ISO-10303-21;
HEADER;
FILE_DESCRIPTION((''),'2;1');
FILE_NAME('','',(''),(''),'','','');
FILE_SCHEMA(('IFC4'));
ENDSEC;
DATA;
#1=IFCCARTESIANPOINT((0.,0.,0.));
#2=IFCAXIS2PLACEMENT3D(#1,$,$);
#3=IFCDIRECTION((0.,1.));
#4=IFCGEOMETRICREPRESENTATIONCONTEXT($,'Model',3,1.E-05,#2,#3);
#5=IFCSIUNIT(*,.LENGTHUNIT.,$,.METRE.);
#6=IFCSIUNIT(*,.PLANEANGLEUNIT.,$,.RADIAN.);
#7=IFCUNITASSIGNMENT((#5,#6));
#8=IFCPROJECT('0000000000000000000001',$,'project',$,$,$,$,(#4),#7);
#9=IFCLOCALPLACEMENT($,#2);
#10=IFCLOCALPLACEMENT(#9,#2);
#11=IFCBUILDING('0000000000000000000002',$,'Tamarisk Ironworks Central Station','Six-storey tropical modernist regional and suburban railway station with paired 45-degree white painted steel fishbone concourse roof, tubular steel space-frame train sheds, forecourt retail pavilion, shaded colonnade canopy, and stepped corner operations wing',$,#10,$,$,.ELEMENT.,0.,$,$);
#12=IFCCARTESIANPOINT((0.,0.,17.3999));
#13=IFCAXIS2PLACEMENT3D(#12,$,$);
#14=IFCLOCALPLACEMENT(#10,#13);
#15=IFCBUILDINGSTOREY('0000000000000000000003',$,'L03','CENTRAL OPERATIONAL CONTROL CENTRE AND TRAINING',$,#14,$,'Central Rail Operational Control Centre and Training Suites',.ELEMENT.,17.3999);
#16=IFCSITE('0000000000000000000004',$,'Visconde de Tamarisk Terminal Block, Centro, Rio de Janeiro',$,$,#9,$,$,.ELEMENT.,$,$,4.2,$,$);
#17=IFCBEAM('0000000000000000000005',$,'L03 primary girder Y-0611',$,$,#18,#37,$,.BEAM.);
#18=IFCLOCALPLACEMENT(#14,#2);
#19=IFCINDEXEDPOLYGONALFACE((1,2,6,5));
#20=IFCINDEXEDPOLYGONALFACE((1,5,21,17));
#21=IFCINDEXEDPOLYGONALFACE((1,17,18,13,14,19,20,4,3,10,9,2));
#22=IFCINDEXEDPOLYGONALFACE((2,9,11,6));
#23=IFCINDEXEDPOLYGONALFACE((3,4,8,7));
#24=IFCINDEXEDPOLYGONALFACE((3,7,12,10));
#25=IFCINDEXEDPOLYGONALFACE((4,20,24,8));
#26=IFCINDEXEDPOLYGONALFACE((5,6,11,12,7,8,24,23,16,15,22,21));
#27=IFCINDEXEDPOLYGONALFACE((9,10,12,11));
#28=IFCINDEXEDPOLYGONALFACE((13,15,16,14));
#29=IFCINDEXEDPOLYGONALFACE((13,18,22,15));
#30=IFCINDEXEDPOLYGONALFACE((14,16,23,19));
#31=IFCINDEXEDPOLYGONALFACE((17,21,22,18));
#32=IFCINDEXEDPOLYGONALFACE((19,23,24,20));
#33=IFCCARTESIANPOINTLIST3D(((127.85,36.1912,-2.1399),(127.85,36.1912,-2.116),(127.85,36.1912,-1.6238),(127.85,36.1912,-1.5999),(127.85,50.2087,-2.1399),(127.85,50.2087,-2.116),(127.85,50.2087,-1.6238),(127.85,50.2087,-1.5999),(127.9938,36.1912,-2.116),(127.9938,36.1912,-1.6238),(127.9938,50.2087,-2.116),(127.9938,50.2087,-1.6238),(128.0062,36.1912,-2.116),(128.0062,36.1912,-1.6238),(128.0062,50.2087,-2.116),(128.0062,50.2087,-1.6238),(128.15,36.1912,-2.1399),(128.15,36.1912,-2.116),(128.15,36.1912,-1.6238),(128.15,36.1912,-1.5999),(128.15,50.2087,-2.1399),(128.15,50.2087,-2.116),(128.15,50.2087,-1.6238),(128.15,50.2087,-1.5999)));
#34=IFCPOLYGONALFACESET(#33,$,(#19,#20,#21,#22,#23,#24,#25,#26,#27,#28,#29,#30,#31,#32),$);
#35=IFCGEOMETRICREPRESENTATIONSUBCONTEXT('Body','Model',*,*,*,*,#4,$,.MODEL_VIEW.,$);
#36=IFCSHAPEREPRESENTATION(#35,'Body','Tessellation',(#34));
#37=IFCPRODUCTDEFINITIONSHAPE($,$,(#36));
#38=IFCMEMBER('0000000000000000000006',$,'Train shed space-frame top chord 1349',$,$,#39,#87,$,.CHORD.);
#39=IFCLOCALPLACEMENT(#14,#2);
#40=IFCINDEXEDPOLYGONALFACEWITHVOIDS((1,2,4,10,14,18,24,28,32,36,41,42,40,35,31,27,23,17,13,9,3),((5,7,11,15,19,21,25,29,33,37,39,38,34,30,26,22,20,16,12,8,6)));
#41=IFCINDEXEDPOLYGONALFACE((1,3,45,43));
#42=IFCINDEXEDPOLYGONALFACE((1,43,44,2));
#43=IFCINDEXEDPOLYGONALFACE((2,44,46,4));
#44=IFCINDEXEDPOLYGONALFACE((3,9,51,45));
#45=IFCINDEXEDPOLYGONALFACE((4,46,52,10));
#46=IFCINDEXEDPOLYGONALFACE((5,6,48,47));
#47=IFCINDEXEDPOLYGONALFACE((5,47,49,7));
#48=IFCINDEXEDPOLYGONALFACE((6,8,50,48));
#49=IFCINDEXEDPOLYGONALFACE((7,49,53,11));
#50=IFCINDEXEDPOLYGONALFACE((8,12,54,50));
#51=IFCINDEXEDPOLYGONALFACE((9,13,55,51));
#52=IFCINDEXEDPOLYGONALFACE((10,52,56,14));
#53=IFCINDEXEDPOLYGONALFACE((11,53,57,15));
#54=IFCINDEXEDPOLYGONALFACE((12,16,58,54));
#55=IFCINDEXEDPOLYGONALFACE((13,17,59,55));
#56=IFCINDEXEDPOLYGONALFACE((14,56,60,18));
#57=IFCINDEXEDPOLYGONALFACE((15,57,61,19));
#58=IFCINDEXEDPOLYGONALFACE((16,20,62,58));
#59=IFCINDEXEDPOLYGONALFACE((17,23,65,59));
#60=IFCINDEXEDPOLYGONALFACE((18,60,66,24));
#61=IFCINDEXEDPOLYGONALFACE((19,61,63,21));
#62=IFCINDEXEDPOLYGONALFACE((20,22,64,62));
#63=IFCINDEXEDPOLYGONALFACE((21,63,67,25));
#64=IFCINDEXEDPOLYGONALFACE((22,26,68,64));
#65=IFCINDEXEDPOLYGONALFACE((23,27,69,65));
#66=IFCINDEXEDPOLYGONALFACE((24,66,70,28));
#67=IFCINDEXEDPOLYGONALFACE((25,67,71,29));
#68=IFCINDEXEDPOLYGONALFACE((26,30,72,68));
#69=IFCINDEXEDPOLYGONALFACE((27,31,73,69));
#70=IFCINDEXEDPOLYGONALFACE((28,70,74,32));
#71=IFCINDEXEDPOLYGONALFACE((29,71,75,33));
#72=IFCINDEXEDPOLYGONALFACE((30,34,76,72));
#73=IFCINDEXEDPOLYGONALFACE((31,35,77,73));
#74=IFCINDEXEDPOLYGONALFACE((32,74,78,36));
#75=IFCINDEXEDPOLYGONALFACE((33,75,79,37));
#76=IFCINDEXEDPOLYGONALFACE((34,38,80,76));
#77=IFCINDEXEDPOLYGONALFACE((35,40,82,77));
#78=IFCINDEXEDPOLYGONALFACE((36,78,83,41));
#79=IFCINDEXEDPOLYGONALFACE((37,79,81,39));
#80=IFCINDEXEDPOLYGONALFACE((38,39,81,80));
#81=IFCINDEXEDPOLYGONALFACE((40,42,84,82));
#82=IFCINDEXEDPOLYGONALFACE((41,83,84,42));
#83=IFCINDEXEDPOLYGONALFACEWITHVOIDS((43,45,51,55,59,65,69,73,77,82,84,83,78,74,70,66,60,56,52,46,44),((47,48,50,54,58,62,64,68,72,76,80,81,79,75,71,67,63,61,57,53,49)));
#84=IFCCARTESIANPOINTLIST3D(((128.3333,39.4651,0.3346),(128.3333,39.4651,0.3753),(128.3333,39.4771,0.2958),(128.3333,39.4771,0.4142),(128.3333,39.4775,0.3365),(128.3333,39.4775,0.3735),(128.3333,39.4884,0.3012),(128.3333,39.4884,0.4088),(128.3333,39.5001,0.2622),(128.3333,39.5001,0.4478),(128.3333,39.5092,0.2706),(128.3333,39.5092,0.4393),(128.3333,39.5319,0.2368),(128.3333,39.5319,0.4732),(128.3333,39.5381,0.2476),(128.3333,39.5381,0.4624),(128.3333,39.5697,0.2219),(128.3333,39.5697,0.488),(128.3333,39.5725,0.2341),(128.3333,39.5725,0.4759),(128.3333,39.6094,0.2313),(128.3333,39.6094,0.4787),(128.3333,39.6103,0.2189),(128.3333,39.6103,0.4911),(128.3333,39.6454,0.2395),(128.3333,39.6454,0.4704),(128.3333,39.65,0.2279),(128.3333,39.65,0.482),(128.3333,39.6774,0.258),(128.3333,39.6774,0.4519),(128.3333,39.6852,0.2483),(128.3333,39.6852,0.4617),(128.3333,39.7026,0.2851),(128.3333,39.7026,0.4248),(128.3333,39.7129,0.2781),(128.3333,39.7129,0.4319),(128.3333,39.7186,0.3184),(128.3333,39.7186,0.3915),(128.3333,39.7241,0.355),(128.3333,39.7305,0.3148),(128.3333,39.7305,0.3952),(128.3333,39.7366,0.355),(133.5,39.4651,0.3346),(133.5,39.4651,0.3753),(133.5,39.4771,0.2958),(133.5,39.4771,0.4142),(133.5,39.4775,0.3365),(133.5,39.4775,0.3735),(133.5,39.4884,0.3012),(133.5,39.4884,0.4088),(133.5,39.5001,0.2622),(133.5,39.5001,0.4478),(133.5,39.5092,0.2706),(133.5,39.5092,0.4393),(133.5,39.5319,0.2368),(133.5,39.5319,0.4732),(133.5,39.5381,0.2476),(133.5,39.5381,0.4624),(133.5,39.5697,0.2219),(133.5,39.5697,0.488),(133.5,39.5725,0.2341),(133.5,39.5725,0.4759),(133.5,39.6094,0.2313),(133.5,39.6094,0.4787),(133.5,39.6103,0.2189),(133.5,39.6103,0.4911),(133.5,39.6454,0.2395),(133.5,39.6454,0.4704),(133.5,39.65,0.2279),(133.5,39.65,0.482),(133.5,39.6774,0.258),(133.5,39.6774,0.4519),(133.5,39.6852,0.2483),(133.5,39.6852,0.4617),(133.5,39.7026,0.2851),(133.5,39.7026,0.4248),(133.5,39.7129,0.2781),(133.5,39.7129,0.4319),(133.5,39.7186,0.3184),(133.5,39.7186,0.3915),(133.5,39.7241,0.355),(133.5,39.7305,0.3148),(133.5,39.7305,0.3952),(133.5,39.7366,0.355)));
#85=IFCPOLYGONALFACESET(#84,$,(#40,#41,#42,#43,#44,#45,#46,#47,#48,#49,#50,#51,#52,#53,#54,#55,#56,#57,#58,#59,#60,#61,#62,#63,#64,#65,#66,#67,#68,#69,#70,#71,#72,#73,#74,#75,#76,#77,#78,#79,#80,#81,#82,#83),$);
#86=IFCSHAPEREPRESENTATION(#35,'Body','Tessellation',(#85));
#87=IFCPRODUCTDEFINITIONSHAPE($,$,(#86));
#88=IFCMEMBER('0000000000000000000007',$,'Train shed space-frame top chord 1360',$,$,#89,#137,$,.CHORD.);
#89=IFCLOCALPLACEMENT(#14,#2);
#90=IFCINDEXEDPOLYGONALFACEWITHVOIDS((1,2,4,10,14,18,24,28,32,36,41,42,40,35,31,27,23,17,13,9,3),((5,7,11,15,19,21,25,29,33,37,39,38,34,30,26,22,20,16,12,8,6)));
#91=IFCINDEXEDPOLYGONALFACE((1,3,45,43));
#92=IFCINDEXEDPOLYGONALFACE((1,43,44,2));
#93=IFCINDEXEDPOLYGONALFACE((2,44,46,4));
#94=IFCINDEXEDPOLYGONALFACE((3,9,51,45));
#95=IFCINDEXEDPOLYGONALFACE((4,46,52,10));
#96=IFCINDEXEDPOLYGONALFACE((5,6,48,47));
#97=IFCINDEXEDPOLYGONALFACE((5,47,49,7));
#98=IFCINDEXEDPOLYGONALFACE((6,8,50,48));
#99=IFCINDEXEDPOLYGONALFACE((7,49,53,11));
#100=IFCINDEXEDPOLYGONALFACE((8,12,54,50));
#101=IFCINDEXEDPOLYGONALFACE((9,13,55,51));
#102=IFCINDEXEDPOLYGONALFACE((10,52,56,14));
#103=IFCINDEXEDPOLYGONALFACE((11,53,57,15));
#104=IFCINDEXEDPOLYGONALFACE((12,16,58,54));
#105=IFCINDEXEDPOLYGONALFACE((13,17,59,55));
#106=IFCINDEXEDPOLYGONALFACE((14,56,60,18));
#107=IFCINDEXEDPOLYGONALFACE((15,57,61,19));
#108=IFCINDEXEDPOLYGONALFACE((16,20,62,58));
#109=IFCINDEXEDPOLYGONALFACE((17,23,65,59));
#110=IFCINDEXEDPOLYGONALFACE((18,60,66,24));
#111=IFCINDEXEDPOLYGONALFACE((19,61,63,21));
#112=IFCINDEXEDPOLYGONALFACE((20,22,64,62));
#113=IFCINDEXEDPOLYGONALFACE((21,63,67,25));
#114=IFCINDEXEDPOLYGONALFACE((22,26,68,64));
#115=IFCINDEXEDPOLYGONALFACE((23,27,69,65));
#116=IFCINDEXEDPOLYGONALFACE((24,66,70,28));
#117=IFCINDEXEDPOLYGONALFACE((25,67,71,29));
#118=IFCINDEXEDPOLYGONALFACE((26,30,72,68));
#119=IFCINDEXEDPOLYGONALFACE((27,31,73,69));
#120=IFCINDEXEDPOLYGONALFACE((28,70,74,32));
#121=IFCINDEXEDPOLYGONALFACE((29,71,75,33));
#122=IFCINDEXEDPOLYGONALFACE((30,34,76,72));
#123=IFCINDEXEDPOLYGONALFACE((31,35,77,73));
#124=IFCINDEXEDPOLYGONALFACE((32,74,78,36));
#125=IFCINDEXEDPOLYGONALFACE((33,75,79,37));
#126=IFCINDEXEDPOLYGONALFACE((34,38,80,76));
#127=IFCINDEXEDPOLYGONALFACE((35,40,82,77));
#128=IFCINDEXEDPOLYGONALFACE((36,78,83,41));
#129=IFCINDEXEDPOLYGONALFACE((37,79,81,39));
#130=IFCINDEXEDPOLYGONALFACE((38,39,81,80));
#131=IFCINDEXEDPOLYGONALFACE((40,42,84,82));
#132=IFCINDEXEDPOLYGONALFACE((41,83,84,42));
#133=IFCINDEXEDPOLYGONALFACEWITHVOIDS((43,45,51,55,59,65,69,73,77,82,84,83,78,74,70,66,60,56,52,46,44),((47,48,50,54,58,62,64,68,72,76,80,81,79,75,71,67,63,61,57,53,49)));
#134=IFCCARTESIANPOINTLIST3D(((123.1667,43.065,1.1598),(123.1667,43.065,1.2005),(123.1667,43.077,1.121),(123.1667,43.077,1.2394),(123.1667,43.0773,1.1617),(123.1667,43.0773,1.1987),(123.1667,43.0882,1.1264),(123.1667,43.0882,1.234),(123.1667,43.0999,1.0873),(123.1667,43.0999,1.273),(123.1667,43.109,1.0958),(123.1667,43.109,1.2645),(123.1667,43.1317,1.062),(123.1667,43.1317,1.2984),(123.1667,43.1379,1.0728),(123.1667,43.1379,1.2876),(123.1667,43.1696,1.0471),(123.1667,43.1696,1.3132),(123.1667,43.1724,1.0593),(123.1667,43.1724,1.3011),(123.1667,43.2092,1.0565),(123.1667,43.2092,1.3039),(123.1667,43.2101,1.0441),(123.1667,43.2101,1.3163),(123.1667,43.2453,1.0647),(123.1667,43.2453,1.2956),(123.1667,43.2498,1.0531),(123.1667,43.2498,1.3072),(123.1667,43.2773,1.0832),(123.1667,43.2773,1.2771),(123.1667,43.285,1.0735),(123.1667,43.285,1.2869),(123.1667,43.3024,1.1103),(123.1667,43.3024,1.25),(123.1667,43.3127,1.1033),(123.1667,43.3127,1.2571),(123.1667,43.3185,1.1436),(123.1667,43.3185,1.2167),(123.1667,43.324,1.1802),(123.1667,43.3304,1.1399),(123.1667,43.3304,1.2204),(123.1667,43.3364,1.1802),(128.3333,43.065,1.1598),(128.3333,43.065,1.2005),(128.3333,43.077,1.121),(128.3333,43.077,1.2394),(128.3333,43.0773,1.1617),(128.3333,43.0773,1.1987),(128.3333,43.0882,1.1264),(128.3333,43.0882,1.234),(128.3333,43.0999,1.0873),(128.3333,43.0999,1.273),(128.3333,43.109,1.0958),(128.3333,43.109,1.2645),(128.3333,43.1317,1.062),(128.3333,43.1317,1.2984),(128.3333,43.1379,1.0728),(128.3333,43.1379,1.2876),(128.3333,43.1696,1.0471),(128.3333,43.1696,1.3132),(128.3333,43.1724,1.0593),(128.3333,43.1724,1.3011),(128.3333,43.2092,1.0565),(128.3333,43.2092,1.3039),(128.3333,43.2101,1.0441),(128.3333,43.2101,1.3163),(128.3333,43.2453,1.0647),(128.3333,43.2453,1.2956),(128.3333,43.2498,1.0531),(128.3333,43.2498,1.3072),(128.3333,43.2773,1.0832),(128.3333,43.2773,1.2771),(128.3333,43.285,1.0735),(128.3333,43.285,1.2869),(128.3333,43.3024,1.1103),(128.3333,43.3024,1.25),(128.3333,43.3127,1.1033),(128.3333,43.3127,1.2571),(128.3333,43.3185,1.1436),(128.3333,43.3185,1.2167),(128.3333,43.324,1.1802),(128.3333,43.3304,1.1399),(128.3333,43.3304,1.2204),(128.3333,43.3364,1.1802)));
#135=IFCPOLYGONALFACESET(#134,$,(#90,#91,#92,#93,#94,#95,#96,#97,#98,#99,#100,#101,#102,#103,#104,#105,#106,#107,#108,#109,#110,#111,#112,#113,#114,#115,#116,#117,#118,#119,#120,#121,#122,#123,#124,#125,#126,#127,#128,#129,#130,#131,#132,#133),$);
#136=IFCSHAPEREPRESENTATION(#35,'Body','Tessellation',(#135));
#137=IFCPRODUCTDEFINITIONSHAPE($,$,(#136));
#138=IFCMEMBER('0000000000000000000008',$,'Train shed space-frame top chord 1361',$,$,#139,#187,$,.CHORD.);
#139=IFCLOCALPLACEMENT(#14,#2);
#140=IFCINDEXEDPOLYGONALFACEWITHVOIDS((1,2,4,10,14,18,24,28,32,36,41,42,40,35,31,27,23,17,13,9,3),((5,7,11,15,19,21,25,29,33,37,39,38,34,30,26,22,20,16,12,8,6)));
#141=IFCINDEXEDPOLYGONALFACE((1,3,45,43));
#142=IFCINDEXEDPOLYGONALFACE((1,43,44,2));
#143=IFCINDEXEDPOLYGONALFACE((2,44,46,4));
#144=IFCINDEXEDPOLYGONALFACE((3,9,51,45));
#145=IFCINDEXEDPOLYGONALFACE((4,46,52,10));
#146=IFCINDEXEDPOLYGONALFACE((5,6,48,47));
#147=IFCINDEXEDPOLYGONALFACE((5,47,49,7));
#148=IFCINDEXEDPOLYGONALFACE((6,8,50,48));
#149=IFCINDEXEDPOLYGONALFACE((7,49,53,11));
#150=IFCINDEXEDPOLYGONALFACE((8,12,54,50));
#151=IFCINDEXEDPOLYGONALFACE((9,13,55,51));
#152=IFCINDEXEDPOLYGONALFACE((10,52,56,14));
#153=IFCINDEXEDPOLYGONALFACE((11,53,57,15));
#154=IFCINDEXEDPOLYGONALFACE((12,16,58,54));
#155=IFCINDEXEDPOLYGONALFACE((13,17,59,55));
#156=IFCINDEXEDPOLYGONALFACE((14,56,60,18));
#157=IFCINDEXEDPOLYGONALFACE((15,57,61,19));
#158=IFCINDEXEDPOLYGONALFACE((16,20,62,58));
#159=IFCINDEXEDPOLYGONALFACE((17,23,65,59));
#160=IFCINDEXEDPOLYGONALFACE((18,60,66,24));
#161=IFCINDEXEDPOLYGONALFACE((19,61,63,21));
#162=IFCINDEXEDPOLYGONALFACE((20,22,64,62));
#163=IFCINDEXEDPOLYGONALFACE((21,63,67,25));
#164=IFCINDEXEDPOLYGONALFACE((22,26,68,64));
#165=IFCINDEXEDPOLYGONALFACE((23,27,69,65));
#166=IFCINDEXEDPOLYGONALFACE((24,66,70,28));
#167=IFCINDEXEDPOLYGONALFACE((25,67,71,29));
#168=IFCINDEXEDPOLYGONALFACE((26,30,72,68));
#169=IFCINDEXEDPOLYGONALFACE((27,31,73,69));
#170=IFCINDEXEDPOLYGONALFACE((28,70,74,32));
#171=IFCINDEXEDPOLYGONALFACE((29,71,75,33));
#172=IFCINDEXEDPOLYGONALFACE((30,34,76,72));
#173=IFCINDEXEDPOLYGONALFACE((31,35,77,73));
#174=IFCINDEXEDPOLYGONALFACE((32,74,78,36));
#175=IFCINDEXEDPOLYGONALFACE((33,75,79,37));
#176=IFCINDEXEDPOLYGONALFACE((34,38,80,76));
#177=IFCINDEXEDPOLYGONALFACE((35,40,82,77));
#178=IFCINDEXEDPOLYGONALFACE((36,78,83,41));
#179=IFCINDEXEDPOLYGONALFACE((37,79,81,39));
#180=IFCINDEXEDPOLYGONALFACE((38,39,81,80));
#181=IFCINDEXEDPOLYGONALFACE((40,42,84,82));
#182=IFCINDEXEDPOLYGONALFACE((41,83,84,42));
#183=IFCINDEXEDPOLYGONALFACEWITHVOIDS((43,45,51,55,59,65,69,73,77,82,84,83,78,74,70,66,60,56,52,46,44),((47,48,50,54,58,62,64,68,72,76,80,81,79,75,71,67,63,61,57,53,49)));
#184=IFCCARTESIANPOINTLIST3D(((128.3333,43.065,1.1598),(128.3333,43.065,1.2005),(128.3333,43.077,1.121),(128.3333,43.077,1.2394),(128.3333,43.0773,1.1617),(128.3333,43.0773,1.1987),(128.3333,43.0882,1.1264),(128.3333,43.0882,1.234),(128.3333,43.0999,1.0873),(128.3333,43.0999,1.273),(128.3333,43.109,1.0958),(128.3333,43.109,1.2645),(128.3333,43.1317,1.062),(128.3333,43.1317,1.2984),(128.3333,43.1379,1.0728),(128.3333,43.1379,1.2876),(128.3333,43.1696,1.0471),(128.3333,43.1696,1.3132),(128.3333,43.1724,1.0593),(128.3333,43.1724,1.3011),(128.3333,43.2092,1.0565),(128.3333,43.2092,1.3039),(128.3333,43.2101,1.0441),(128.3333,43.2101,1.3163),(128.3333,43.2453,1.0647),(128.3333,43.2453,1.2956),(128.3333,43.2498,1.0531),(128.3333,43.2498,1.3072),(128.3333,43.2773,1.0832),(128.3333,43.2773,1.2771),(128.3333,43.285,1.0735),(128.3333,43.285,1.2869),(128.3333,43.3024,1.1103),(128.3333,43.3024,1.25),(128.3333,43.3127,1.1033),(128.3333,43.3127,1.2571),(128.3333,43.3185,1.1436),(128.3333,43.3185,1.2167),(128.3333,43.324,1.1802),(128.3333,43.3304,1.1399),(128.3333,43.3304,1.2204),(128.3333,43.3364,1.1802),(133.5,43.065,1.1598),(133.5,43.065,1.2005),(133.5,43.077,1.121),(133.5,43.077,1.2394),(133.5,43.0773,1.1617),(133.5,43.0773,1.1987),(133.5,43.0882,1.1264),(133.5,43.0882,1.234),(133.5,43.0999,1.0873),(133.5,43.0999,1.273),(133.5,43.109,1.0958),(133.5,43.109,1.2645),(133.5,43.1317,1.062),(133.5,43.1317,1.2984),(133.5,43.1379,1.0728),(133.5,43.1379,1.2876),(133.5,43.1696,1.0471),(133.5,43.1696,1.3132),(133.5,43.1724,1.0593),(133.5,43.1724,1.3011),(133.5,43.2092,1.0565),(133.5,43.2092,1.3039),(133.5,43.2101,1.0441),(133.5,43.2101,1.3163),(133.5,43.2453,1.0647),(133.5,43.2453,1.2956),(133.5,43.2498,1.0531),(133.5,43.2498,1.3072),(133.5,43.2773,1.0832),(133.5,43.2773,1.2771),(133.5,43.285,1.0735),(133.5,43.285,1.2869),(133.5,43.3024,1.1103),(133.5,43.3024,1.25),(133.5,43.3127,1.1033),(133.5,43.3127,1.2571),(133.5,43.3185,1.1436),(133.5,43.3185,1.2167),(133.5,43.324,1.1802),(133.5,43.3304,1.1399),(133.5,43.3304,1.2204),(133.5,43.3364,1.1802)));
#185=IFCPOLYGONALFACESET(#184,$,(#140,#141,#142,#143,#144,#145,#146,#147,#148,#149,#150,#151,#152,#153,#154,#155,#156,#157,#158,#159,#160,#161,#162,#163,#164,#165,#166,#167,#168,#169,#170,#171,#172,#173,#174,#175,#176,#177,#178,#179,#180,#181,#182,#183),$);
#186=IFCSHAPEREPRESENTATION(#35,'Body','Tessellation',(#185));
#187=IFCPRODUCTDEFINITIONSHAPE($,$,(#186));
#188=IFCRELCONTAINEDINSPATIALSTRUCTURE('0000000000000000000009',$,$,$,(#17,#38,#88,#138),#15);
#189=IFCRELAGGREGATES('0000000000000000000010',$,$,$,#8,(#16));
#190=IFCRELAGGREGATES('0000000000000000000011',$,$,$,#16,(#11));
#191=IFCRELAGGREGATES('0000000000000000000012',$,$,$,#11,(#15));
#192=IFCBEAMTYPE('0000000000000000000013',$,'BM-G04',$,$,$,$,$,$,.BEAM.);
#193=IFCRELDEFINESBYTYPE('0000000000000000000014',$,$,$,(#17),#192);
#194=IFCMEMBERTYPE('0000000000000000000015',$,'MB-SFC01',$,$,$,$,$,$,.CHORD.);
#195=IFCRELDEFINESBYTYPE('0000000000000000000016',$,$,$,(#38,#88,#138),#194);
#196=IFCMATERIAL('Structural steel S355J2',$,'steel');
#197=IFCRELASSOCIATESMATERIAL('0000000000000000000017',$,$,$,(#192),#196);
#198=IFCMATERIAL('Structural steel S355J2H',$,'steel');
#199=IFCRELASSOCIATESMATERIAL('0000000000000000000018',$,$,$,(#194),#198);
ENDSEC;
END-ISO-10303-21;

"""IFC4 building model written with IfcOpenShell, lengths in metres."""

from ifc_helpers import new_model, si_unit, direction, frame, origin, origin_2d, place, context, subcontext, project, spatial, hollow_circle, i_section, extrude, material, material_profile, profile_set, type_object, element, save


model = new_model("IFC4")

# Units and contexts
model_context = context("Model", 3, precision=1e-05, world=origin(), true_north=direction((0.0, 1.0)))
body_context = subcontext(model_context, "Body", "Model", "MODEL_VIEW")
ifc_project = project(units=[si_unit("LENGTHUNIT", "METRE"), si_unit("PLANEANGLEUNIT", "RADIAN")], contexts=[model_context])

# Site, building, storey
site_placement = place(None, origin())
site = spatial("IfcSite", under=ifc_project, at=site_placement, Name="Visconde de Tamarisk Terminal Block, Centro, Rio de Janeiro", CompositionType="ELEMENT", RefElevation=4.2)
building_placement = place(site_placement, origin())
building = spatial("IfcBuilding", under=site, at=building_placement, Name="Tamarisk Ironworks Central Station", Description="Six-storey tropical modernist regional and suburban railway station with paired 45-degree white painted steel fishbone concourse roof, tubular steel space-frame train sheds, forecourt retail pavilion, shaded colonnade canopy, and stepped corner operations wing", CompositionType="ELEMENT", ElevationOfRefHeight=0.0)
storey_placement = place(building_placement, frame((0.0, 0.0, 17.3999)))
storey = spatial("IfcBuildingStorey", under=building, at=storey_placement, Name="L03", Description="CENTRAL OPERATIONAL CONTROL CENTRE AND TRAINING", LongName="Central Rail Operational Control Centre and Training Suites", CompositionType="ELEMENT", Elevation=17.3999)

# Beam
ifc_material_1 = material(Name="Structural steel S355J2", Category="steel")
ifc_material_profile_1 = material_profile(ifc_material_1, i_section(OverallWidth=0.3, OverallDepth=0.54, WebThickness=0.0125, FlangeThickness=0.0239, at=origin_2d()), Name="HEA 550")
ifc_profile_set_1 = profile_set([ifc_material_profile_1], Name="Structural steel S355J2")
beam_type = type_object("IfcBeamType", Name="BM-G04", PredefinedType="BEAM", material=ifc_profile_set_1)
beam_placement = place(storey_placement, frame((128.0, 36.1912, -1.8699), z_axis=(0.0, 1.0, 0.0), x_axis=(-1.0, 0.0, 0.0)))
element("IfcBeam", 1, at=beam_placement, inside=storey, type_object=beam_type, Name="L03 primary girder Y-0611", PredefinedType="BEAM", context=body_context, shape_type="SweptSolid", body=[
    extrude(i_section(OverallWidth=0.3, OverallDepth=0.54, WebThickness=0.0125, FlangeThickness=0.0239, at=origin_2d()), origin(), (0.0, 0.0, 1.0), 14.0176),
])

# Members
ifc_material_2 = material(Name="Structural steel S355J2H", Category="steel")
ifc_material_profile_2 = material_profile(ifc_material_2, hollow_circle(Radius=0.1365, WallThickness=0.0125, at=origin_2d()), Name="CHS 273x12.5")
ifc_profile_set_2 = profile_set([ifc_material_profile_2], Name="Structural steel S355J2H")
member_type_1 = type_object("IfcMemberType", Name="MB-SFC01", PredefinedType="CHORD", material=ifc_profile_set_2)
member_1_placement = place(storey_placement, frame((128.3333, 39.6001, 0.355), z_axis=(1.0, 0.0, 0.0), x_axis=(0.0, 1.0, 0.0)))
element("IfcMember", 2, at=member_1_placement, inside=storey, type_object=member_type_1, Name="Train shed space-frame top chord 1349", PredefinedType="CHORD", context=body_context, shape_type="SweptSolid", body=[
    extrude(hollow_circle(Radius=0.1365, WallThickness=0.0125, at=origin_2d()), origin(), (0.0, 0.0, 1.0), 5.1667),
])
member_2_placement = place(storey_placement, frame((123.1667, 43.2, 1.1802), z_axis=(1.0, 0.0, 0.0), x_axis=(0.0, 1.0, 0.0)))
element("IfcMember", 3, at=member_2_placement, inside=storey, type_object=member_type_1, Name="Train shed space-frame top chord 1360", PredefinedType="CHORD", context=body_context, shape_type="SweptSolid", body=[
    extrude(hollow_circle(Radius=0.1365, WallThickness=0.0125, at=origin_2d()), origin(), (0.0, 0.0, 1.0), 5.1665),
])
member_3_placement = place(storey_placement, frame((128.3333, 43.2, 1.1802), z_axis=(1.0, 0.0, 0.0), x_axis=(0.0, 1.0, 0.0)))
element("IfcMember", 4, at=member_3_placement, inside=storey, type_object=member_type_1, Name="Train shed space-frame top chord 1361", PredefinedType="CHORD", context=body_context, shape_type="SweptSolid", body=[
    extrude(hollow_circle(Radius=0.1365, WallThickness=0.0125, at=origin_2d()), origin(), (0.0, 0.0, 1.0), 5.1667),
])

save(model, "model.ifc")
